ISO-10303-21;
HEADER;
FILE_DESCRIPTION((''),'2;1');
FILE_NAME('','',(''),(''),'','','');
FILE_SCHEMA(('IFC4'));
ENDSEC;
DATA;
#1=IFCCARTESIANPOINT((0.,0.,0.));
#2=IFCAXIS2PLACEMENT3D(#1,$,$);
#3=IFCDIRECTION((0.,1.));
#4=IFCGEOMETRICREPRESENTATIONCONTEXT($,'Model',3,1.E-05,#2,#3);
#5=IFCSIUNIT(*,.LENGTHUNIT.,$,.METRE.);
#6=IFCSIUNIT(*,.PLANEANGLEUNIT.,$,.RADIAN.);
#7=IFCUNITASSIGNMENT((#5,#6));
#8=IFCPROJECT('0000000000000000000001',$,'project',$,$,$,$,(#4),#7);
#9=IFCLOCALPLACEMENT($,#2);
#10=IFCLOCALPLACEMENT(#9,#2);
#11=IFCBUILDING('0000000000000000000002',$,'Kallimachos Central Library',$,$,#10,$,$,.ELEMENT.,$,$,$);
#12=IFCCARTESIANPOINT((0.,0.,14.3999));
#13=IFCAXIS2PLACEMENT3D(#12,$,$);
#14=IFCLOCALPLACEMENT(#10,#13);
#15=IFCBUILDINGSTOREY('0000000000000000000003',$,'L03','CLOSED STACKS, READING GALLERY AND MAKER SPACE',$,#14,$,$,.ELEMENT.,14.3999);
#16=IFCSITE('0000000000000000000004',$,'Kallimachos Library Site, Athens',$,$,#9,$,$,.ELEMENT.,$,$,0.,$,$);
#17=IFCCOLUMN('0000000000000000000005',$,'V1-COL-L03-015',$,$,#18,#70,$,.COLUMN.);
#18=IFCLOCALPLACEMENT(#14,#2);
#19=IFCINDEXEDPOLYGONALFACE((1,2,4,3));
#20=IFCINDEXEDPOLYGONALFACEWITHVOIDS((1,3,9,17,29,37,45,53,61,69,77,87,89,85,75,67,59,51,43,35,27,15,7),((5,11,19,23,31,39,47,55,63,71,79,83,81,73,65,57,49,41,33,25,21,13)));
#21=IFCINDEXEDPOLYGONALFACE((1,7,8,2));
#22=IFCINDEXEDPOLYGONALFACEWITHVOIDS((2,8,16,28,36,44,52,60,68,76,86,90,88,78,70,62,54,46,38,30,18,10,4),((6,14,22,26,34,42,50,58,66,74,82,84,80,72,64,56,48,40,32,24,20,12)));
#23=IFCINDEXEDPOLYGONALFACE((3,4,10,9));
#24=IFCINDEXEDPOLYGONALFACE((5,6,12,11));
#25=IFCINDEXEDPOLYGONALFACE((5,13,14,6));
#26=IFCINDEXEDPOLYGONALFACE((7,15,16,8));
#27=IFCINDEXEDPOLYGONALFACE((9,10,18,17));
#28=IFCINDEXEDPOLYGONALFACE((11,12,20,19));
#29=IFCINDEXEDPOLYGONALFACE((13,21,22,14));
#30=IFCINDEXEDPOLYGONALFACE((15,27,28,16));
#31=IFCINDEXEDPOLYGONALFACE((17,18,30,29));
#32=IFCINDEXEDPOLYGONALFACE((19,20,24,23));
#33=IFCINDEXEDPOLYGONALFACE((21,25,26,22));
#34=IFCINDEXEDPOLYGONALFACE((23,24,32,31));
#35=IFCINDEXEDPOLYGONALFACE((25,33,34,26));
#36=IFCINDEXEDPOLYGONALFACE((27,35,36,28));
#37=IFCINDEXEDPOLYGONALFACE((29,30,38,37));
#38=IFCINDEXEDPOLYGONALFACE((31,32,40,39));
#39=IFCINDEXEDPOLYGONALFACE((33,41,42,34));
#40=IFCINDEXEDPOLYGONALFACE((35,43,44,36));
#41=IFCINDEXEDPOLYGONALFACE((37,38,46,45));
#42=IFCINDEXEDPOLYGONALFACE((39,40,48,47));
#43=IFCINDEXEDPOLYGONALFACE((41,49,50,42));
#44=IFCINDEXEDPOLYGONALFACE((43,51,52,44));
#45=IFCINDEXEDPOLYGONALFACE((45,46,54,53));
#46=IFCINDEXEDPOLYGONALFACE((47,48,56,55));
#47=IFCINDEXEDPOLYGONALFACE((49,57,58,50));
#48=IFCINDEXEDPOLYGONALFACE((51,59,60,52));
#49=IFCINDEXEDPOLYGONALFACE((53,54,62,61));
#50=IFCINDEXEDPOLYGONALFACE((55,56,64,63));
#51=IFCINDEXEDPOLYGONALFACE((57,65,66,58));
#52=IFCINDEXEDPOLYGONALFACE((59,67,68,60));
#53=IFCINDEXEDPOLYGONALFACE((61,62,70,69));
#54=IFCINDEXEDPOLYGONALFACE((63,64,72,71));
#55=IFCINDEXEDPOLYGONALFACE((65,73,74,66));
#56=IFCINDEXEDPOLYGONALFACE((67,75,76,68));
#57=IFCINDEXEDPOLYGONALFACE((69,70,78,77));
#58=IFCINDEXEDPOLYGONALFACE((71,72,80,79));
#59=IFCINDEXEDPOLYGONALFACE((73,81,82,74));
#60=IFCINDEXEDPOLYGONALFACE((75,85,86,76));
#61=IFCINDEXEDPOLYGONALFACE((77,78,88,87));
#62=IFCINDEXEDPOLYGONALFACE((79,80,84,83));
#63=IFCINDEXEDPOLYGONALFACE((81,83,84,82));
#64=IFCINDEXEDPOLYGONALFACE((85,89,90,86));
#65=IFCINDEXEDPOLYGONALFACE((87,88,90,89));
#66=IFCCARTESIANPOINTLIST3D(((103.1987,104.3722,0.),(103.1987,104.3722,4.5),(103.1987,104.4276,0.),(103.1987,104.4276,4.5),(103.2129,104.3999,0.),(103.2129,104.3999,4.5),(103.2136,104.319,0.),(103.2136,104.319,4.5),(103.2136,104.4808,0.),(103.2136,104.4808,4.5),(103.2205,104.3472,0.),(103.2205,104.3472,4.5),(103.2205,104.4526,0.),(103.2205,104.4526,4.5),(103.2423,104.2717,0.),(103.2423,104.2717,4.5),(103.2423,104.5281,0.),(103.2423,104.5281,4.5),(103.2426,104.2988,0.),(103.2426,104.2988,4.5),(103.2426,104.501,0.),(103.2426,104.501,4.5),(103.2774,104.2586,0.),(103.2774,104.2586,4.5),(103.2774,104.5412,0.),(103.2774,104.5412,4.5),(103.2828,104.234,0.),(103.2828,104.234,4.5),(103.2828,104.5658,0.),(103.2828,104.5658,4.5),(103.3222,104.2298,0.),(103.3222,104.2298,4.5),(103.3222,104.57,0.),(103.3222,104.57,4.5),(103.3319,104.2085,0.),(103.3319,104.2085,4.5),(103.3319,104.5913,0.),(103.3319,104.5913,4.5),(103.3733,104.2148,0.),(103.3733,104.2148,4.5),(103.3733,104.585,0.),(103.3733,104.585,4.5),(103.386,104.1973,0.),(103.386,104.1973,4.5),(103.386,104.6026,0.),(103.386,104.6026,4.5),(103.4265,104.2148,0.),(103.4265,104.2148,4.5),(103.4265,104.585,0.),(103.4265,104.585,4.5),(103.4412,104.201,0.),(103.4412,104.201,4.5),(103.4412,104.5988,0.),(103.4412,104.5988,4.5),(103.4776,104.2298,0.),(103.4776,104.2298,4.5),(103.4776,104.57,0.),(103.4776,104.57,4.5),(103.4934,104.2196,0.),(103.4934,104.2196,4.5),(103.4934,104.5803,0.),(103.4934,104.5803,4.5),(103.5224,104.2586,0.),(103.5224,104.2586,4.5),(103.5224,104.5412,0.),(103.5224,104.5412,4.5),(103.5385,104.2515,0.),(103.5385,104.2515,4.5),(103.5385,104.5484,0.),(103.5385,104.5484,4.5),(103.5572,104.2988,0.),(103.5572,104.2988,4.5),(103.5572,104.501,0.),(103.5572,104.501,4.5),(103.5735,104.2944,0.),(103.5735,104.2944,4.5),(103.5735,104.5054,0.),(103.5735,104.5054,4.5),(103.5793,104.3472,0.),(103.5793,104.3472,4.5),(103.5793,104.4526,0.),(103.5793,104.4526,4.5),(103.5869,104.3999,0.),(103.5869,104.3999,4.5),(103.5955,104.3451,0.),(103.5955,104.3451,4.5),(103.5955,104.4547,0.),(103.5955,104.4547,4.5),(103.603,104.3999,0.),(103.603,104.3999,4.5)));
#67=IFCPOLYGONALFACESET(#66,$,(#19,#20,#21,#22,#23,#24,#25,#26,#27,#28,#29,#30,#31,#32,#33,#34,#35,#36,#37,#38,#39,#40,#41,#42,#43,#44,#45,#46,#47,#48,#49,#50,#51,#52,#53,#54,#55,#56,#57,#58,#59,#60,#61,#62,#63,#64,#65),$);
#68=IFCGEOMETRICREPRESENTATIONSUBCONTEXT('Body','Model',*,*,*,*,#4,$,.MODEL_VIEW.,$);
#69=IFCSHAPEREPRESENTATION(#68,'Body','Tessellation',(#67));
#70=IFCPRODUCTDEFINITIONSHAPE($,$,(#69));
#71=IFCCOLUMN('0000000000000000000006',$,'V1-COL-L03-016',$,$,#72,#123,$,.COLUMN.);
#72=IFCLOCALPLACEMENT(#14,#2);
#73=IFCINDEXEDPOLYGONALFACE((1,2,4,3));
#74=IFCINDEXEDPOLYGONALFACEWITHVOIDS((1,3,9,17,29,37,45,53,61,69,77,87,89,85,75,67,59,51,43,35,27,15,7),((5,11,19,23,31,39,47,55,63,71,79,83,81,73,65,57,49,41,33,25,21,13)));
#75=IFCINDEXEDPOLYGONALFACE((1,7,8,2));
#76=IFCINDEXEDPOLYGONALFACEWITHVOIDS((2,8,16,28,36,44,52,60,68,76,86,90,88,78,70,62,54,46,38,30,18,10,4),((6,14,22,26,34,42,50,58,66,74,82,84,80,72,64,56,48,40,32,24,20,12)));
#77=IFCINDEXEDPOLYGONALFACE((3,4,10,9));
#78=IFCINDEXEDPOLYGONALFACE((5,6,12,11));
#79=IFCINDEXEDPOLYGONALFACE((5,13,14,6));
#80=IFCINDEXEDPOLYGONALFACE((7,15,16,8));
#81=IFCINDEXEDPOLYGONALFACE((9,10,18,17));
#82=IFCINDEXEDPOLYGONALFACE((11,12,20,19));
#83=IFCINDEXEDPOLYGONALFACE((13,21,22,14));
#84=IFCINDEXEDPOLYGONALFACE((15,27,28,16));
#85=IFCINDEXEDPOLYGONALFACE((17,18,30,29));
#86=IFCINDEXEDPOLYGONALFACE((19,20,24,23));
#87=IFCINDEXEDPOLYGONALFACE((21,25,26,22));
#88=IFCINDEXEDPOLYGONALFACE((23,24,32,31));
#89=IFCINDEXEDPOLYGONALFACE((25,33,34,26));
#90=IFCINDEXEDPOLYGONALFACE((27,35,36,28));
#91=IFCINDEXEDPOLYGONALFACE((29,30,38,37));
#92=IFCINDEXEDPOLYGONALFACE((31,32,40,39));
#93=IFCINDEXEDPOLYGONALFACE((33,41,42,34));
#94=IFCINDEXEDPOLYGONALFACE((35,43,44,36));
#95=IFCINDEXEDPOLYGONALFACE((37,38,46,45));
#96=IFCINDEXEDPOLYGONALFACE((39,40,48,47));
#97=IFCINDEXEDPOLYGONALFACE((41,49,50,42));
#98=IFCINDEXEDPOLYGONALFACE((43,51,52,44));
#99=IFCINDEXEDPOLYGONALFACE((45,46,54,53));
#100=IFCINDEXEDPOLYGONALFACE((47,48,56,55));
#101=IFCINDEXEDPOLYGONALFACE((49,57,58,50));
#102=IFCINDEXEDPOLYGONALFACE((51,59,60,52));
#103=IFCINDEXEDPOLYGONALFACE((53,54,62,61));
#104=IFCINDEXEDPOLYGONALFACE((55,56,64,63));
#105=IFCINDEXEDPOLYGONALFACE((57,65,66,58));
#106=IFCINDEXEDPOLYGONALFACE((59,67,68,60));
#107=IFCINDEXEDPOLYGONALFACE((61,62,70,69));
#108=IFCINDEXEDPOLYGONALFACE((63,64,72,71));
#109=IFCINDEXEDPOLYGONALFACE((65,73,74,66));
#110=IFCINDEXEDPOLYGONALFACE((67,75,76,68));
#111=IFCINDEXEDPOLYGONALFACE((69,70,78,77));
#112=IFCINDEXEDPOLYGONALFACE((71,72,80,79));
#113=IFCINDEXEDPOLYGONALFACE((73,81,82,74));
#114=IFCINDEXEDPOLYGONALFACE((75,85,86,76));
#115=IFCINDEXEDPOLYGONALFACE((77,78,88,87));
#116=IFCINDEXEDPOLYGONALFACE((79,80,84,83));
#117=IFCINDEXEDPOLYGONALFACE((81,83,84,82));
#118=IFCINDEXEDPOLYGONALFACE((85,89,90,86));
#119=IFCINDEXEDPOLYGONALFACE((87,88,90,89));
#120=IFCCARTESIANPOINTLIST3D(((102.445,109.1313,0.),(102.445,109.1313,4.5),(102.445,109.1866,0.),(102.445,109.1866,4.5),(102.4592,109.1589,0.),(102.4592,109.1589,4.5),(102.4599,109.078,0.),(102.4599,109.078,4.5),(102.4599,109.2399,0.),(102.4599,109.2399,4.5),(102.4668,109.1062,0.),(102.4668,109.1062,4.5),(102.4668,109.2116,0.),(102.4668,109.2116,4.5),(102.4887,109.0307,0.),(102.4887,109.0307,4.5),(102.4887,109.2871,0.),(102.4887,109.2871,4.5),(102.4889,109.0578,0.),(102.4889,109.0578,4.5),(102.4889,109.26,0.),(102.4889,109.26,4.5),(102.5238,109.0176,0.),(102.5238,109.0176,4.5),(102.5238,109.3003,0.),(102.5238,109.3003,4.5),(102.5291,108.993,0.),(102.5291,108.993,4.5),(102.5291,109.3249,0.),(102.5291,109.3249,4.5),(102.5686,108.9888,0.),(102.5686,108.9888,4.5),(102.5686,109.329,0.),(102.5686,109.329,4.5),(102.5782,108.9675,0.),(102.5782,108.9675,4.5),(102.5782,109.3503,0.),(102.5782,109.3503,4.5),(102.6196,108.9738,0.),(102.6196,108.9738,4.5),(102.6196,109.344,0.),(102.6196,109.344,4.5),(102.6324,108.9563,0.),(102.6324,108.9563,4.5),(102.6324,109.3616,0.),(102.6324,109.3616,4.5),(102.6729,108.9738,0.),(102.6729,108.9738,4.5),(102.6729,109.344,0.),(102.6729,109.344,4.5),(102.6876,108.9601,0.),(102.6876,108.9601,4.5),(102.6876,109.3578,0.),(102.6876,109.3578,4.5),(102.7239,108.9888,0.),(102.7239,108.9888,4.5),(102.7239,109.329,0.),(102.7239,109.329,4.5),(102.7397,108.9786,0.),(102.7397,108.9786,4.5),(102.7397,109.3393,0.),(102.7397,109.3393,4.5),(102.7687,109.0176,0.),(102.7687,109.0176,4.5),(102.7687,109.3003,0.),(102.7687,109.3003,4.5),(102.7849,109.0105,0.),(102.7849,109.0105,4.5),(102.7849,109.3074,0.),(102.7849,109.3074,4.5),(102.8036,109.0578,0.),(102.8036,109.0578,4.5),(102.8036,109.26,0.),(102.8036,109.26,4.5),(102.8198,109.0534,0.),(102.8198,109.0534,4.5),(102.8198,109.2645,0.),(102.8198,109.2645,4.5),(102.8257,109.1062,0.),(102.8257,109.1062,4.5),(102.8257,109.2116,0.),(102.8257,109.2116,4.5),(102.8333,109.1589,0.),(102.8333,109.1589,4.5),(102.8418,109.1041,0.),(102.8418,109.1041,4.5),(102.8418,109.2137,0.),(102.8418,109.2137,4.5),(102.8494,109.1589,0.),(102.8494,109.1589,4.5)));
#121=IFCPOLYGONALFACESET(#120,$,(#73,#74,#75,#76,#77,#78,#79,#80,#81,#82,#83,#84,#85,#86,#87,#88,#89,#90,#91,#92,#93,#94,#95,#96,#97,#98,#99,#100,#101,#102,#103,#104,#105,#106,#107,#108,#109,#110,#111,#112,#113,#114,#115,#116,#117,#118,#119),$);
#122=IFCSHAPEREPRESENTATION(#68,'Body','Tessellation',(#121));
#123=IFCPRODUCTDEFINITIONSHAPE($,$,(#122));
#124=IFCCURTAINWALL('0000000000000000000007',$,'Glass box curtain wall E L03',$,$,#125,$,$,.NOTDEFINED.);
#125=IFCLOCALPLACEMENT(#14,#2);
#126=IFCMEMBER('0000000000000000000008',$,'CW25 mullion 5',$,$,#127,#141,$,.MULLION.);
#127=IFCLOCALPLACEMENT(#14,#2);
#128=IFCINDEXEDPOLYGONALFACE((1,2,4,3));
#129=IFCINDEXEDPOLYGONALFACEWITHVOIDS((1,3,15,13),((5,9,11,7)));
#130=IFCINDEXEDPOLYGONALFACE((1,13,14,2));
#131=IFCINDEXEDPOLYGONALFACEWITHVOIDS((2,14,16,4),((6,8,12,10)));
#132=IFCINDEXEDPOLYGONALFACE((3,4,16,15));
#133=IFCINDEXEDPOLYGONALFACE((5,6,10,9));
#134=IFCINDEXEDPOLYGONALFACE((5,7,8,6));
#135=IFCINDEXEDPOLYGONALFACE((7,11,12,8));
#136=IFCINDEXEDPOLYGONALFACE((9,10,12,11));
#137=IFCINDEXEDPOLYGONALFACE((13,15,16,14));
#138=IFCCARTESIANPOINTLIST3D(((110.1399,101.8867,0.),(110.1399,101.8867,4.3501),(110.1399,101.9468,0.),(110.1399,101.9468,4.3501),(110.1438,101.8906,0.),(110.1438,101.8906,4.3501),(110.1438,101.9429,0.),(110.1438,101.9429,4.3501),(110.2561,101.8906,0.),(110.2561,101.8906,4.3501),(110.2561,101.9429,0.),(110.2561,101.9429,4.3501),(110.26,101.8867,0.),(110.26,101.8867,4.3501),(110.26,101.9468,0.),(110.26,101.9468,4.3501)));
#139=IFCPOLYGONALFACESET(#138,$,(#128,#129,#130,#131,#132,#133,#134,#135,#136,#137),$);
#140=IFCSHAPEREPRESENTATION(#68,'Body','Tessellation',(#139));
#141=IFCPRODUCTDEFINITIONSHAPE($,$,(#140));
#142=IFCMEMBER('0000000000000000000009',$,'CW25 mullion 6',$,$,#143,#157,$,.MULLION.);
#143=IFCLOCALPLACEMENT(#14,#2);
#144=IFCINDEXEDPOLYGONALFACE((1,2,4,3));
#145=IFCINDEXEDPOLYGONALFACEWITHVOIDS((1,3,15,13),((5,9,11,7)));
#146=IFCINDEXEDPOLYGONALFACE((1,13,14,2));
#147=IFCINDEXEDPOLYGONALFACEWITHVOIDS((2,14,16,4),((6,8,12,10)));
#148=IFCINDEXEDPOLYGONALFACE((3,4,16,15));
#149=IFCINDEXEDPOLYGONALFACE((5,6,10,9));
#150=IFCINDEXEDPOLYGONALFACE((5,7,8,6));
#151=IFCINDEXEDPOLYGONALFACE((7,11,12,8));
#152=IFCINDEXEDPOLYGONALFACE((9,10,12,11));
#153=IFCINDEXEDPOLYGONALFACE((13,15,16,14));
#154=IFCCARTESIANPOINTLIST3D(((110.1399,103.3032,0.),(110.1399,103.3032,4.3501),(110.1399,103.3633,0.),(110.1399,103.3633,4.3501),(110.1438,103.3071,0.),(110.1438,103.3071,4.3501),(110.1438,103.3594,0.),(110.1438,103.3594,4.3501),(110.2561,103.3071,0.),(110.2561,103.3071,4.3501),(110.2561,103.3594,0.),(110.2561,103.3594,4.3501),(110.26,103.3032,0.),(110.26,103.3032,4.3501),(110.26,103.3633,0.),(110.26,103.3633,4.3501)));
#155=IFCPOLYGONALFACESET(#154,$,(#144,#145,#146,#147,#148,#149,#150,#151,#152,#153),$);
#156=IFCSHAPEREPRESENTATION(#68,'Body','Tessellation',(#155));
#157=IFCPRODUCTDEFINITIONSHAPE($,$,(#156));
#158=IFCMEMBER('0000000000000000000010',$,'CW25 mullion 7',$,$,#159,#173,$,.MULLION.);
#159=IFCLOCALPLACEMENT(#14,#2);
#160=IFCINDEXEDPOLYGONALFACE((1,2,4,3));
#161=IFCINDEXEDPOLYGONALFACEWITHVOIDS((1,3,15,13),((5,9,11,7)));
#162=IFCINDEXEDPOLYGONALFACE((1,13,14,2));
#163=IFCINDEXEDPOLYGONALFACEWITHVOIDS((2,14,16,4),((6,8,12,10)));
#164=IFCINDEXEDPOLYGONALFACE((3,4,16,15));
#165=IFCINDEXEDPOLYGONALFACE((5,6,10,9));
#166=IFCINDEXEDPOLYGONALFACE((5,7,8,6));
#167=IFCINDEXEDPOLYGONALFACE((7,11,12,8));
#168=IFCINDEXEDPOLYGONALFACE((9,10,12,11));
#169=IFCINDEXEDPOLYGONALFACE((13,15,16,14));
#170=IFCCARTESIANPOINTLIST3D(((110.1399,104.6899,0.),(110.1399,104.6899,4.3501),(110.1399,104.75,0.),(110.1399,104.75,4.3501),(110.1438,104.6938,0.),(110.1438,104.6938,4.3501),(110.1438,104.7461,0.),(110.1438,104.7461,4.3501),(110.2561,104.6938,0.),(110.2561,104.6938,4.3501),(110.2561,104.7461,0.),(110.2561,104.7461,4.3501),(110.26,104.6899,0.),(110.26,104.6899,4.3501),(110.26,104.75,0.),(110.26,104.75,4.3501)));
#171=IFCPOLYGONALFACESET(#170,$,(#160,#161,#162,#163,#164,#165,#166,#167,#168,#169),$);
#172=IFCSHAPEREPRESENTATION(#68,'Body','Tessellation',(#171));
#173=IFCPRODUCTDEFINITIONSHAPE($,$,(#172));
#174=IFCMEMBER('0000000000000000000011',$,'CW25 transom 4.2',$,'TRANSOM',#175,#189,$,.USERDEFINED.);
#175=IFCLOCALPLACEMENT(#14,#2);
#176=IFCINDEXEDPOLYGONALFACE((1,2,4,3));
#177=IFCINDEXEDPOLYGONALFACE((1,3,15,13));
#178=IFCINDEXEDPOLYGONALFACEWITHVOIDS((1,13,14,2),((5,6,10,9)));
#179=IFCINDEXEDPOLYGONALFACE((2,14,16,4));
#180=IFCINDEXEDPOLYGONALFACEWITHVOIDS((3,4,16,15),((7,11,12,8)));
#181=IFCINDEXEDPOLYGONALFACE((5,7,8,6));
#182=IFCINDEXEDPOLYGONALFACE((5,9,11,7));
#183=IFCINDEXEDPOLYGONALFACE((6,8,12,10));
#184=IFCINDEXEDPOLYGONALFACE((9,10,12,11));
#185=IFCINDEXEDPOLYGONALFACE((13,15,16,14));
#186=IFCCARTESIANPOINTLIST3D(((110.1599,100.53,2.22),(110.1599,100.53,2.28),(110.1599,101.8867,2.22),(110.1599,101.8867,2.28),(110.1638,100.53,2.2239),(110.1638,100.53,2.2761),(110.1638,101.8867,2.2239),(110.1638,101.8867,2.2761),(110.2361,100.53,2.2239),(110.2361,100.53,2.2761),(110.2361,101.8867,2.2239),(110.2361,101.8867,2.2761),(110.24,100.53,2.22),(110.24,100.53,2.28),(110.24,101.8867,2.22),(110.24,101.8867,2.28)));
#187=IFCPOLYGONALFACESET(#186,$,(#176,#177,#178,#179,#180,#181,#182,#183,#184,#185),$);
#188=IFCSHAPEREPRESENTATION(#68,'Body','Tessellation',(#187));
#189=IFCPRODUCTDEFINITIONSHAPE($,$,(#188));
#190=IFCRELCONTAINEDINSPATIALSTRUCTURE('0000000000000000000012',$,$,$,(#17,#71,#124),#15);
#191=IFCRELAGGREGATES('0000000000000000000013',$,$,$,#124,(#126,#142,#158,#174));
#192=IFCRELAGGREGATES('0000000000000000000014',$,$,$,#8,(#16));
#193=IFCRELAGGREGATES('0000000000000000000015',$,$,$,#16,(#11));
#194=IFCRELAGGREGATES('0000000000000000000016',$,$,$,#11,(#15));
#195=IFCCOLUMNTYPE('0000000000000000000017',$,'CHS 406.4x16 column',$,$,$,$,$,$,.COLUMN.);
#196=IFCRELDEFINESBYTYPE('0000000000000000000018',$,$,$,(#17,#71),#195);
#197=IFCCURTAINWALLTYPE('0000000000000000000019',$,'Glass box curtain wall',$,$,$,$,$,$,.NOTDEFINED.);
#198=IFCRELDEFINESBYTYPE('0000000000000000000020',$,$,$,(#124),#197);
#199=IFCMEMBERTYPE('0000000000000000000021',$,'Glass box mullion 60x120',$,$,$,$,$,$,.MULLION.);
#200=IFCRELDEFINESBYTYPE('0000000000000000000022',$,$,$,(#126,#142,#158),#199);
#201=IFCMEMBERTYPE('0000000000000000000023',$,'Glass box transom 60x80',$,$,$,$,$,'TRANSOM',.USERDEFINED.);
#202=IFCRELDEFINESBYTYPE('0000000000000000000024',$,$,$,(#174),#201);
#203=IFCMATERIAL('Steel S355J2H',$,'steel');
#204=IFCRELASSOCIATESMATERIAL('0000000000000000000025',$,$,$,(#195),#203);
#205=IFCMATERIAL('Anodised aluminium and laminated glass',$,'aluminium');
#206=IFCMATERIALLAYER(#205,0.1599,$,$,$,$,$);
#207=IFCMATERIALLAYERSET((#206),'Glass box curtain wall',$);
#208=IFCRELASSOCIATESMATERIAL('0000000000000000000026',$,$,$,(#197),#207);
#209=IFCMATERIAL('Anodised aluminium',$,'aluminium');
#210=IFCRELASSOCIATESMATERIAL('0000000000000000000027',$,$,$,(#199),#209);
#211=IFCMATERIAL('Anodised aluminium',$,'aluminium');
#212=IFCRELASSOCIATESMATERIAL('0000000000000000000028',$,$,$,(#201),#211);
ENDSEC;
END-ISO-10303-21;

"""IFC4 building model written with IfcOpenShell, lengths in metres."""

from ifc_helpers import new_model, si_unit, direction, frame, origin, origin_2d, place, context, subcontext, project, spatial, hollow_rectangle, hollow_circle, extrude, material, layer, layer_set, material_profile, profile_set, type_object, element, aggregate, save


model = new_model("IFC4")

# Units and contexts
model_context = context("Model", 3, precision=1e-05, world=origin(), true_north=direction((0.0, 1.0)))
body_context = subcontext(model_context, "Body", "Model", "MODEL_VIEW")
ifc_project = project(units=[si_unit("LENGTHUNIT", "METRE"), si_unit("PLANEANGLEUNIT", "RADIAN")], contexts=[model_context])

# Site, building, storey
site_placement = place(None, origin())
site = spatial("IfcSite", under=ifc_project, at=site_placement, Name="Kallimachos Library Site, Athens", CompositionType="ELEMENT", RefElevation=0.0)
building_placement = place(site_placement, origin())
building = spatial("IfcBuilding", under=site, at=building_placement, Name="Kallimachos Central Library", CompositionType="ELEMENT")
storey_placement = place(building_placement, frame((0.0, 0.0, 14.3999)))
storey = spatial("IfcBuildingStorey", under=building, at=storey_placement, Name="L03", Description="CLOSED STACKS, READING GALLERY AND MAKER SPACE", CompositionType="ELEMENT", Elevation=14.3999)

# Columns
ifc_material_1 = material(Name="Steel S355J2H", Category="steel")
ifc_material_profile_1 = material_profile(ifc_material_1, hollow_circle(Radius=0.2031, WallThickness=0.0161, at=origin_2d()), Name="CHS 406.4x16")
ifc_profile_set_1 = profile_set([ifc_material_profile_1], Name="Steel S355J2H")
column_type = type_object("IfcColumnType", Name="CHS 406.4x16 column", PredefinedType="COLUMN", material=ifc_profile_set_1)
for number, where, z_axis, x_axis, name in (
    (1, (103.3999, 104.3999, 0.0), (0.0, 0.0, 1.0), (1.0, 0.0, 0.0), "V1-COL-L03-015"),
    (2, (102.6462, 109.1589, 0.0), (0.0, 0.0, 1.0), (1.0, 0.0, 0.0), "V1-COL-L03-016"),
):
    element("IfcColumn", number, at=place(storey_placement, frame(where, z_axis=z_axis, x_axis=x_axis)), inside=storey, type_object=column_type, Name=name, PredefinedType="COLUMN", context=body_context, shape_type="SweptSolid", body=[
        extrude(hollow_circle(Radius=0.2031, WallThickness=0.0161, at=origin_2d()), origin(), (0.0, 0.0, 1.0), 4.5),
    ])

# Curtain wall, members
ifc_material_2 = material(Name="Anodised aluminium and laminated glass", Category="aluminium")
ifc_layer_1 = layer(ifc_material_2, 0.1599)
ifc_layer_set_1 = layer_set([ifc_layer_1], Name="Glass box curtain wall")
curtain_wall_type = type_object("IfcCurtainWallType", Name="Glass box curtain wall", PredefinedType="NOTDEFINED", material=ifc_layer_set_1)
curtain_wall_placement = place(storey_placement, origin())
curtain_wall = element("IfcCurtainWall", 3, at=curtain_wall_placement, inside=storey, type_object=curtain_wall_type, Name="Glass box curtain wall E L03", PredefinedType="NOTDEFINED")
ifc_material_3 = material(Name="Anodised aluminium", Category="aluminium")
ifc_material_profile_2 = material_profile(ifc_material_3, hollow_rectangle(XDim=0.0601, YDim=0.1201, WallThickness=0.0039, at=origin_2d()), Name="ALU MULLION 60x120")
ifc_profile_set_2 = profile_set([ifc_material_profile_2], Name="Anodised aluminium")
member_type_1 = type_object("IfcMemberType", Name="Glass box mullion 60x120", PredefinedType="MULLION", material=ifc_profile_set_2)
member_1_placement = place(storey_placement, frame((110.2, 101.9167, 0.0), z_axis=(0.0, 0.0, 1.0), x_axis=(0.0, 1.0, 0.0)))
member_1 = element("IfcMember", 4, at=member_1_placement, type_object=member_type_1, Name="CW25 mullion 5", PredefinedType="MULLION", context=body_context, shape_type="SweptSolid", body=[
    extrude(hollow_rectangle(XDim=0.0601, YDim=0.1201, WallThickness=0.0039, at=origin_2d()), origin(), (0.0, 0.0, 1.0), 4.3501),
])
member_2_placement = place(storey_placement, frame((110.2, 103.3333, 0.0), z_axis=(0.0, 0.0, 1.0), x_axis=(0.0, 1.0, 0.0)))
member_2 = element("IfcMember", 5, at=member_2_placement, type_object=member_type_1, Name="CW25 mullion 6", PredefinedType="MULLION", context=body_context, shape_type="SweptSolid", body=[
    extrude(hollow_rectangle(XDim=0.0601, YDim=0.1201, WallThickness=0.0039, at=origin_2d()), origin(), (0.0, 0.0, 1.0), 4.3501),
])
member_3_placement = place(storey_placement, frame((110.2, 104.72, 0.0), z_axis=(0.0, 0.0, 1.0), x_axis=(0.0, 1.0, 0.0)))
member_3 = element("IfcMember", 6, at=member_3_placement, type_object=member_type_1, Name="CW25 mullion 7", PredefinedType="MULLION", context=body_context, shape_type="SweptSolid", body=[
    extrude(hollow_rectangle(XDim=0.0601, YDim=0.1201, WallThickness=0.0039, at=origin_2d()), origin(), (0.0, 0.0, 1.0), 4.3501),
])
ifc_material_4 = material(Name="Anodised aluminium", Category="aluminium")
ifc_material_profile_3 = material_profile(ifc_material_4, hollow_rectangle(XDim=0.0601, YDim=0.0801, WallThickness=0.0039, at=origin_2d()), Name="ALU TRANSOM 60x80")
ifc_profile_set_3 = profile_set([ifc_material_profile_3], Name="Anodised aluminium")
member_type_2 = type_object("IfcMemberType", Name="Glass box transom 60x80", ElementType="TRANSOM", PredefinedType="USERDEFINED", material=ifc_profile_set_3)
member_4_placement = place(storey_placement, frame((110.2, 100.53, 2.25), z_axis=(0.0, 1.0, 0.0), x_axis=(0.0, 0.0, 1.0)))
member_4 = element("IfcMember", 7, at=member_4_placement, type_object=member_type_2, Name="CW25 transom 4.2", ObjectType="TRANSOM", PredefinedType="USERDEFINED", context=body_context, shape_type="SweptSolid", body=[
    extrude(hollow_rectangle(XDim=0.0601, YDim=0.0801, WallThickness=0.0039, at=origin_2d()), origin(), (0.0, 0.0, 1.0), 1.3567),
])

aggregate(curtain_wall, [member_1, member_2, member_3, member_4])

save(model, "model.ifc")
